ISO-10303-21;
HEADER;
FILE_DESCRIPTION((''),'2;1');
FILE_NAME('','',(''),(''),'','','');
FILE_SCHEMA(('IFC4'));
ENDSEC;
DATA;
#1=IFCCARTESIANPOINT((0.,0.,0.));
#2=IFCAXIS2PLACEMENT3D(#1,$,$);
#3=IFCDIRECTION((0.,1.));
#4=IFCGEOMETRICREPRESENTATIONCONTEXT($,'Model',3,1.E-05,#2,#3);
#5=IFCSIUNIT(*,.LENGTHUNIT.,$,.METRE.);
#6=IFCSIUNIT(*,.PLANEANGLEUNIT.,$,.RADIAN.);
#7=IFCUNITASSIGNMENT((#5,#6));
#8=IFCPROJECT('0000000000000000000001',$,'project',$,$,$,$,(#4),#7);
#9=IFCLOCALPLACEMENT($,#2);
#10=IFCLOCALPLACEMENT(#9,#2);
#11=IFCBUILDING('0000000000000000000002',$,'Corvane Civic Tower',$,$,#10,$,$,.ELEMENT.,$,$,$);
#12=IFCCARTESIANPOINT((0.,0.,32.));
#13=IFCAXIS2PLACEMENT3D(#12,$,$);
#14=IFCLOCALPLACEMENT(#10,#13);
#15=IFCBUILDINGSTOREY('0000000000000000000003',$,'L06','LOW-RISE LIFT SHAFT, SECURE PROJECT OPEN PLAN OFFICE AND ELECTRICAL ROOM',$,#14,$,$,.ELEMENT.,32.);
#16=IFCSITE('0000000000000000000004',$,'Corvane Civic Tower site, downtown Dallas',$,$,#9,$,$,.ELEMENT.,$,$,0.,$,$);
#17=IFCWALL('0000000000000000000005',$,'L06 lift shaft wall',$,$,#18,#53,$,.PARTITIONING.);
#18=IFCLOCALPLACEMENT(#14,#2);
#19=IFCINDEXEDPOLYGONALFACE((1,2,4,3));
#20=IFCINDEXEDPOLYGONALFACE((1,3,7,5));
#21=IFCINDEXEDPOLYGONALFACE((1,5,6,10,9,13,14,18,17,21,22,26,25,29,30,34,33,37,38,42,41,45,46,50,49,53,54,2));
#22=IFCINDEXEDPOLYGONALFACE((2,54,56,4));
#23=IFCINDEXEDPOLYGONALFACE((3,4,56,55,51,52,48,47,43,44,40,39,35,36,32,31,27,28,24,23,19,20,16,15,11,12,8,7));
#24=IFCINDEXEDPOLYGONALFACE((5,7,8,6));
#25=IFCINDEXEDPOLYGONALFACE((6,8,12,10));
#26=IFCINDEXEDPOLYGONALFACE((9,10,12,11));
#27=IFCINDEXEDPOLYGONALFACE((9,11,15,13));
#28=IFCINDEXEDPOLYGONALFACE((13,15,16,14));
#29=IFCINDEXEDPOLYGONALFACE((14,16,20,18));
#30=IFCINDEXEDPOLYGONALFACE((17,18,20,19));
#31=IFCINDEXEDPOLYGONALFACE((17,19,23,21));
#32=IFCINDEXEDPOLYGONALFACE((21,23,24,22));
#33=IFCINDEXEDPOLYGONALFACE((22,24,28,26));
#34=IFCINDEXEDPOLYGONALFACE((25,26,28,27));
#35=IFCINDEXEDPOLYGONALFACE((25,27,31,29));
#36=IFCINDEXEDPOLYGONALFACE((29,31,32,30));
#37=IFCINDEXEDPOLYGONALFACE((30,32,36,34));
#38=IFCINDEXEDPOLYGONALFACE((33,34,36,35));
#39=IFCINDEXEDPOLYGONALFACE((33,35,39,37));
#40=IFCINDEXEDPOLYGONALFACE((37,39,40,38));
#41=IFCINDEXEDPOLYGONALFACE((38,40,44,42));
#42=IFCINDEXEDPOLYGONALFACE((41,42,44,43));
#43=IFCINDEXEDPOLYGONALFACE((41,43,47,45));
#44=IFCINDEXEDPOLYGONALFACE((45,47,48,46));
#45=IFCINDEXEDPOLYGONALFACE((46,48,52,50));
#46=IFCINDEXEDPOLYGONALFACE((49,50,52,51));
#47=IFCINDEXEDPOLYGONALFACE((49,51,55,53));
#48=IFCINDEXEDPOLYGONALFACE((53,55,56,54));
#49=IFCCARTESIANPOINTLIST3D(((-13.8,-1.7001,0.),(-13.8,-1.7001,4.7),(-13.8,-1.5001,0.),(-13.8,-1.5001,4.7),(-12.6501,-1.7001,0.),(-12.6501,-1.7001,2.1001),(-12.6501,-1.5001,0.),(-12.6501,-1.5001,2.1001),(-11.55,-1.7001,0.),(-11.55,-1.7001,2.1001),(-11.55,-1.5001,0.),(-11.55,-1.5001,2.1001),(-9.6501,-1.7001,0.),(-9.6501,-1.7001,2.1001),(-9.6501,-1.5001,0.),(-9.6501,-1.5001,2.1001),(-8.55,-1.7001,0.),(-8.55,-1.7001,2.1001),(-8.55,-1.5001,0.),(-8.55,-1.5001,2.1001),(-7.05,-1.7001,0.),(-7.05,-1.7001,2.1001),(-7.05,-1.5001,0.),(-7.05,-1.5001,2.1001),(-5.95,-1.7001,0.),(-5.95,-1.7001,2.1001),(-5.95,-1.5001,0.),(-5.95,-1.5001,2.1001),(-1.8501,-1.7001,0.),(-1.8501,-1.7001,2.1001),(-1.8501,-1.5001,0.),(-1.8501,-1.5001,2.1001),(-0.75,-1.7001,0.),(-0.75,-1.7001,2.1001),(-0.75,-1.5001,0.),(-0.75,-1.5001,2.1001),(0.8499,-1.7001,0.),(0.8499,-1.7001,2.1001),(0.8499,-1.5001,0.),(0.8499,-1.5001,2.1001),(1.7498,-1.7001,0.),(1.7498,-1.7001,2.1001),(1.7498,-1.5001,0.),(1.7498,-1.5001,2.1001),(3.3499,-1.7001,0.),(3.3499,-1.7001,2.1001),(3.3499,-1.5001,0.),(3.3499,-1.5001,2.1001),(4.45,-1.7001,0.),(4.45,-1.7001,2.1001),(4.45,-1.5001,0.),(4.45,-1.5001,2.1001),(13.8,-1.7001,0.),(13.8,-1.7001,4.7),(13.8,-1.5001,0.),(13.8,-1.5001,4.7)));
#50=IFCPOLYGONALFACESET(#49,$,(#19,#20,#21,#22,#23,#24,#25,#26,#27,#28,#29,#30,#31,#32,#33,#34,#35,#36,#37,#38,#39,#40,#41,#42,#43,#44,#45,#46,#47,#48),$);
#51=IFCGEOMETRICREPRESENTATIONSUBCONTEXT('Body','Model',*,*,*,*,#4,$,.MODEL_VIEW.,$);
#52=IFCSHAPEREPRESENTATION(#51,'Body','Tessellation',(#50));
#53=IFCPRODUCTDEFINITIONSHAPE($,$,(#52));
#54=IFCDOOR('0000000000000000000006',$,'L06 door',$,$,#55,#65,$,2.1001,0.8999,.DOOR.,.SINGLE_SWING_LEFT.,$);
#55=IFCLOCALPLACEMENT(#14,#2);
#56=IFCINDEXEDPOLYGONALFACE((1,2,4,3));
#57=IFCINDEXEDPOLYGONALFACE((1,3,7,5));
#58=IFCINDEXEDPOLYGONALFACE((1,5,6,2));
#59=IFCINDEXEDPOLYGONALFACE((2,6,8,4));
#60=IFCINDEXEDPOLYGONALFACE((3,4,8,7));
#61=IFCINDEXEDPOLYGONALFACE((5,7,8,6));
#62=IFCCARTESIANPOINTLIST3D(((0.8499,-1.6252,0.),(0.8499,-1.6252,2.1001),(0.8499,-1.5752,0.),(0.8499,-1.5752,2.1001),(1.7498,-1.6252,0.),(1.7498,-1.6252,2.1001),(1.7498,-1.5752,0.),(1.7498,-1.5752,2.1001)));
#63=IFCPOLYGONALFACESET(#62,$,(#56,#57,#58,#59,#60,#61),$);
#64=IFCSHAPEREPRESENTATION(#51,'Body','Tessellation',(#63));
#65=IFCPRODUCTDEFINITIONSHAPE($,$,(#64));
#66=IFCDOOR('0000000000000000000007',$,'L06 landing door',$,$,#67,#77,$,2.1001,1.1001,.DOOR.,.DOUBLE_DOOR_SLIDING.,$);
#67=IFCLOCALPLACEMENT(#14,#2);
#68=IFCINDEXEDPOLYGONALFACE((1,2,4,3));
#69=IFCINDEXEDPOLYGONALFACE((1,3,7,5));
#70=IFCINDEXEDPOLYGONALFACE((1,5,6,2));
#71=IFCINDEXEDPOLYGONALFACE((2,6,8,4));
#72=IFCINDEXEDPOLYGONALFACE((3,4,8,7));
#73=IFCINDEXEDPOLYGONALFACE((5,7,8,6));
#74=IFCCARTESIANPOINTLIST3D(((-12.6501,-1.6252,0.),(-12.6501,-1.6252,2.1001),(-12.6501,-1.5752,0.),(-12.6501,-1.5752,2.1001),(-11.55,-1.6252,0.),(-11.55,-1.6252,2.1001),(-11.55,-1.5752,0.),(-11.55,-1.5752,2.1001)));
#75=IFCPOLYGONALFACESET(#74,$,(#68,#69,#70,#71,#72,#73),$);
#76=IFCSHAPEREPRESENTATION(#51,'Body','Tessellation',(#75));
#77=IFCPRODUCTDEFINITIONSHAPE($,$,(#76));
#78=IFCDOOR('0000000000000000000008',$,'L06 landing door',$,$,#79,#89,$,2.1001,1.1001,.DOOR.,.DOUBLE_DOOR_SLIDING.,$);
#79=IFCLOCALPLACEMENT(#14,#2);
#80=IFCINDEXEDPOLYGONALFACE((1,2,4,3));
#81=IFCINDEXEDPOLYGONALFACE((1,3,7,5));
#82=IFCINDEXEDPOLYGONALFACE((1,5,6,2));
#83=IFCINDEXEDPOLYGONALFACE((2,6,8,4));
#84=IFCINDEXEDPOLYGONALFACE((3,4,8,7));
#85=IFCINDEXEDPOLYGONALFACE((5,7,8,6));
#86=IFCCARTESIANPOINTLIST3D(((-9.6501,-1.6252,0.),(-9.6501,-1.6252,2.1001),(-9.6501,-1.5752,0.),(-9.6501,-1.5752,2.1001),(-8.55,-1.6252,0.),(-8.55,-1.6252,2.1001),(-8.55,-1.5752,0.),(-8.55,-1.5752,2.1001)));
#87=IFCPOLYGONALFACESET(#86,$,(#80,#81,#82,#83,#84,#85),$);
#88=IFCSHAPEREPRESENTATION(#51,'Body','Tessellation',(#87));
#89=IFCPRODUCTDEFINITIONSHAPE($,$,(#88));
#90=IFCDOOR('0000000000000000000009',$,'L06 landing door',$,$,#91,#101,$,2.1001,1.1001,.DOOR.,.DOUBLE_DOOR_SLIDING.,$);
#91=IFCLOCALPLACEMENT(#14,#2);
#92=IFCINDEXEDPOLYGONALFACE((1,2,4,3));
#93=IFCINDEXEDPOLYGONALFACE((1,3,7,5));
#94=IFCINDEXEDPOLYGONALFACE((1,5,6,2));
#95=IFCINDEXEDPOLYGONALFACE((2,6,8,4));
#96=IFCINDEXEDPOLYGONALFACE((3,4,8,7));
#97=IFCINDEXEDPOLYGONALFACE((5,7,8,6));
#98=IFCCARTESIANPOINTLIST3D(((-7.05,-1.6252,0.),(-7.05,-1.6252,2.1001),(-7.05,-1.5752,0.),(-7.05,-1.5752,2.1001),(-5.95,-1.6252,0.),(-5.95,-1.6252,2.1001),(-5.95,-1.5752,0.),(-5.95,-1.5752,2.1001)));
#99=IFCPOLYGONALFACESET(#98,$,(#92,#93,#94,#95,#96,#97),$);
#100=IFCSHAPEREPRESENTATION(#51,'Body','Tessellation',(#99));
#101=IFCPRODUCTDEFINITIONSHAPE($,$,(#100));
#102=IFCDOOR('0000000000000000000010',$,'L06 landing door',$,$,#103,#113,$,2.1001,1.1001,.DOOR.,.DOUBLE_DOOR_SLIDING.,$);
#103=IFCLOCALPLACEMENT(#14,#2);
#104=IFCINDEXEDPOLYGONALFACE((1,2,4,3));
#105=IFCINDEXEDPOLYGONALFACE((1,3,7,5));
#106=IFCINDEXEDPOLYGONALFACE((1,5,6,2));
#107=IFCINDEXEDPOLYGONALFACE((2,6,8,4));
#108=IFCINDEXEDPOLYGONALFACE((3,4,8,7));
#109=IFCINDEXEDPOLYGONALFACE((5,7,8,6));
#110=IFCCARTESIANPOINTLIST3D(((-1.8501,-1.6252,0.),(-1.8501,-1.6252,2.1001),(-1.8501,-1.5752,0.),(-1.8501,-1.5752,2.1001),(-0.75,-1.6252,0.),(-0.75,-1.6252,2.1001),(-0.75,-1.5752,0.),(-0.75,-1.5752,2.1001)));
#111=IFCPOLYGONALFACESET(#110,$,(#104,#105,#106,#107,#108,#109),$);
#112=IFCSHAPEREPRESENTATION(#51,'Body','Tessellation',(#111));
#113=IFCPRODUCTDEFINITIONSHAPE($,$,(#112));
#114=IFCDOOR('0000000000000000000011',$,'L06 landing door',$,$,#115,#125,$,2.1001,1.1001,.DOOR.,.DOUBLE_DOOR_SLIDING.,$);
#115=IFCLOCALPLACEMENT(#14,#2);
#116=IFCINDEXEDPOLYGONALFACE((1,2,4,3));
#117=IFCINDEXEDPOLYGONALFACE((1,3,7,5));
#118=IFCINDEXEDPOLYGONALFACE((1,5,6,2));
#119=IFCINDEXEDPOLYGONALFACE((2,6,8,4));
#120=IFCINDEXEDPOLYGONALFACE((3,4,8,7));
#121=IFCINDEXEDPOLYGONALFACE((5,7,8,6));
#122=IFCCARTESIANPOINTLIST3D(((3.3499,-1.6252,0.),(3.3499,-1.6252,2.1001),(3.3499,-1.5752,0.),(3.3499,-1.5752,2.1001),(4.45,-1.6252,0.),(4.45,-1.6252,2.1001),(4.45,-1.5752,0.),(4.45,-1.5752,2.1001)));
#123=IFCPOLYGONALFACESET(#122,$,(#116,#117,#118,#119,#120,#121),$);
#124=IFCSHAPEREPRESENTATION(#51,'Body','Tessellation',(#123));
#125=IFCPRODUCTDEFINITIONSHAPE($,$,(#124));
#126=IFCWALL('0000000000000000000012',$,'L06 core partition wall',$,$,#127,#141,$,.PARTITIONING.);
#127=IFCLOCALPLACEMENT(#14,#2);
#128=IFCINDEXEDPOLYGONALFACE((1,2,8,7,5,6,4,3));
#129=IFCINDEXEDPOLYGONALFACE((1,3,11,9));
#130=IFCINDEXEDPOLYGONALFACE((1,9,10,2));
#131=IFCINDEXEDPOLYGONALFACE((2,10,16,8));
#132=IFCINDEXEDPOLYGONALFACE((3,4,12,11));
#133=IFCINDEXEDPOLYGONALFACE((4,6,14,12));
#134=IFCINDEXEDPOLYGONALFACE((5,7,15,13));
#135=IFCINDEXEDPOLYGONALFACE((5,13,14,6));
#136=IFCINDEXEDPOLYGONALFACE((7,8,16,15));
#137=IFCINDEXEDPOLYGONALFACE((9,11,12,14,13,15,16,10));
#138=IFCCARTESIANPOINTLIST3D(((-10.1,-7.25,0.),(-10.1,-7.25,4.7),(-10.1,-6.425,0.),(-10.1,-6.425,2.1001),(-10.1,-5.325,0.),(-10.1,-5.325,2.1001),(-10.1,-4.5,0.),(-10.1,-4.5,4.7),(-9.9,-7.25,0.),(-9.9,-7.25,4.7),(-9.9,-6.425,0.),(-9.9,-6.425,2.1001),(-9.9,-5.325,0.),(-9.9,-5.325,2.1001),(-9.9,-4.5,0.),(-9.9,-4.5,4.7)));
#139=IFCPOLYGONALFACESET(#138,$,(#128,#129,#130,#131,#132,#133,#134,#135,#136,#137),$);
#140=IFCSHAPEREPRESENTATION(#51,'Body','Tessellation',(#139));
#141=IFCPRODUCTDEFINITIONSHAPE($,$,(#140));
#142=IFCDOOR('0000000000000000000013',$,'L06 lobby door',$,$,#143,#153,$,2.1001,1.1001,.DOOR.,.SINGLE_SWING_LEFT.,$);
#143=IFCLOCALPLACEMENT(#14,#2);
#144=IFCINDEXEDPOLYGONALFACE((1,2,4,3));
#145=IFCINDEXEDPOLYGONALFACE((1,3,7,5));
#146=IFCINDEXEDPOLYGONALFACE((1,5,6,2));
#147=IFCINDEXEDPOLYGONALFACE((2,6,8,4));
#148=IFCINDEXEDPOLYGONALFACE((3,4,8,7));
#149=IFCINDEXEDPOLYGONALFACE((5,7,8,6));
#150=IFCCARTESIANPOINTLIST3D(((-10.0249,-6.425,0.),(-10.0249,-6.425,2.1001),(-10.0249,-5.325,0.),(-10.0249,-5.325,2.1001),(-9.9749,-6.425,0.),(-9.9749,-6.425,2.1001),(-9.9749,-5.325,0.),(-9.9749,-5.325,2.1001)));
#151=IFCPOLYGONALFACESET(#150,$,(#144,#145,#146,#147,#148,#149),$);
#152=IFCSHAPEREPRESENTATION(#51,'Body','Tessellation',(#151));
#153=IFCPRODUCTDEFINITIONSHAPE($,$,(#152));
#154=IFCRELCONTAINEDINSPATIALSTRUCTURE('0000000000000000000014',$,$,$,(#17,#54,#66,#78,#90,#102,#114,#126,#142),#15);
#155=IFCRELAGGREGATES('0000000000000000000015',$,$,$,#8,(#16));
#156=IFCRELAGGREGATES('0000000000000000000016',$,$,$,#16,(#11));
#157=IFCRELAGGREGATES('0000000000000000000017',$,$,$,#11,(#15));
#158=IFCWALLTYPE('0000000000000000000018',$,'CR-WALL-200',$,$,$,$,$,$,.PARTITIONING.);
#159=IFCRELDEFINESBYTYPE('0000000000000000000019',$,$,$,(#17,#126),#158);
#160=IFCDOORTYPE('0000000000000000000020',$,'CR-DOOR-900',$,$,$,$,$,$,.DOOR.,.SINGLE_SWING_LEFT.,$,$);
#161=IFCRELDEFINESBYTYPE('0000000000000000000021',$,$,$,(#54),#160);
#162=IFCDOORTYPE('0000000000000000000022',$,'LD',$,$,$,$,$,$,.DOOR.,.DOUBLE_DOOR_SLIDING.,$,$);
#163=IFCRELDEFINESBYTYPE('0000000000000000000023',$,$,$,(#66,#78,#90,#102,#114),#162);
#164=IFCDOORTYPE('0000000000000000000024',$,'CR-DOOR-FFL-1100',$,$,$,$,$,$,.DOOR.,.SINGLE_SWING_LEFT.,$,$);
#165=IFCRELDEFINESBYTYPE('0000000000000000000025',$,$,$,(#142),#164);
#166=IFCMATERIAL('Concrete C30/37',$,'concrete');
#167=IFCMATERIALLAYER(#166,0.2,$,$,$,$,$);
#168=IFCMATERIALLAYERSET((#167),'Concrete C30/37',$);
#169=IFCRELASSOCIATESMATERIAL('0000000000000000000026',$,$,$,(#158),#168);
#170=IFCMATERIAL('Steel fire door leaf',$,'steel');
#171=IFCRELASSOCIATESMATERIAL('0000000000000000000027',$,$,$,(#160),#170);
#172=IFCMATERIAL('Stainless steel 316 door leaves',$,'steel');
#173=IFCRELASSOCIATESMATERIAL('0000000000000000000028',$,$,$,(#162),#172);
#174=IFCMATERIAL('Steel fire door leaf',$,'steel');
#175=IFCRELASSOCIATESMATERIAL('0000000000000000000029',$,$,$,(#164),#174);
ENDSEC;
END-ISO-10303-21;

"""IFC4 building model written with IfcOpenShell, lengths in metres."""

from ifc_helpers import new_model, si_unit, direction, frame, frame_2d, origin, place, context, subcontext, project, spatial, rectangle, extrude, material, layer, layer_set, type_object, element, fill, save


model = new_model("IFC4")

# Units and contexts
model_context = context("Model", 3, precision=1e-05, world=origin(), true_north=direction((0.0, 1.0)))
body_context = subcontext(model_context, "Body", "Model", "MODEL_VIEW")
ifc_project = project(units=[si_unit("LENGTHUNIT", "METRE"), si_unit("PLANEANGLEUNIT", "RADIAN")], contexts=[model_context])

# Site, building, storey
site_placement = place(None, origin())
site = spatial("IfcSite", under=ifc_project, at=site_placement, Name="Corvane Civic Tower site, downtown Dallas", CompositionType="ELEMENT", RefElevation=0.0)
building_placement = place(site_placement, origin())
building = spatial("IfcBuilding", under=site, at=building_placement, Name="Corvane Civic Tower", CompositionType="ELEMENT")
storey_placement = place(building_placement, frame((0.0, 0.0, 32.0)))
storey = spatial("IfcBuildingStorey", under=building, at=storey_placement, Name="L06", Description="LOW-RISE LIFT SHAFT, SECURE PROJECT OPEN PLAN OFFICE AND ELECTRICAL ROOM", CompositionType="ELEMENT", Elevation=32.0)

# Shared definitions
ifc_material_1 = material(Name="Concrete C30/37", Category="concrete")
ifc_layer_1 = layer(ifc_material_1, 0.2)
ifc_layer_set_1 = layer_set([ifc_layer_1], Name="Concrete C30/37")
wall_type_1 = type_object("IfcWallType", Name="CR-WALL-200", PredefinedType="PARTITIONING", material=ifc_layer_set_1)
ifc_material_2 = material(Name="Steel fire door leaf", Category="steel")
door_type_1 = type_object("IfcDoorType", Name="CR-DOOR-900", OperationType="SINGLE_SWING_LEFT", PredefinedType="DOOR", material=ifc_material_2)

# Wall, openings, doors
wall_1_placement = place(storey_placement, frame((-13.8, -1.6001, 0.0), z_axis=(0.0, 0.0, 1.0), x_axis=(1.0, 0.0, 0.0)))
wall_1 = element("IfcWall", 1, at=wall_1_placement, inside=storey, type_object=wall_type_1, Name="L06 lift shaft wall", PredefinedType="PARTITIONING", context=body_context, shape_type="SweptSolid", body=[
    extrude(rectangle(XDim=27.6001, YDim=0.2, at=frame_2d((13.8, 0.0))), origin(), (0.0, 0.0, 1.0), 4.7),
])
opening_1_placement = place(wall_1_placement, frame((1.1499, 0.0, 0.0)))
opening_1 = element("IfcOpeningElement", 2, at=opening_1_placement, cuts=wall_1, PredefinedType="OPENING", context=body_context, shape_type="SweptSolid", body=[
    extrude(rectangle(XDim=1.1001, YDim=2.1001, at=frame_2d((0.55, 1.05))), frame((0.0, 0.1099, 0.0), z_axis=(0.0, -1.0, 0.0), x_axis=(1.0, 0.0, 0.0)), (0.0, 0.0, 1.0), 0.22),
])
opening_2_placement = place(wall_1_placement, frame((4.1499, 0.0, 0.0)))
opening_2 = element("IfcOpeningElement", 3, at=opening_2_placement, cuts=wall_1, PredefinedType="OPENING", context=body_context, shape_type="SweptSolid", body=[
    extrude(rectangle(XDim=1.1001, YDim=2.1001, at=frame_2d((0.55, 1.05))), frame((0.0, 0.1099, 0.0), z_axis=(0.0, -1.0, 0.0), x_axis=(1.0, 0.0, 0.0)), (0.0, 0.0, 1.0), 0.22),
])
opening_3_placement = place(wall_1_placement, frame((6.75, 0.0, 0.0)))
opening_3 = element("IfcOpeningElement", 4, at=opening_3_placement, cuts=wall_1, PredefinedType="OPENING", context=body_context, shape_type="SweptSolid", body=[
    extrude(rectangle(XDim=1.1001, YDim=2.1001, at=frame_2d((0.55, 1.05))), frame((0.0, 0.1099, 0.0), z_axis=(0.0, -1.0, 0.0), x_axis=(1.0, 0.0, 0.0)), (0.0, 0.0, 1.0), 0.22),
])
opening_4_placement = place(wall_1_placement, frame((11.95, 0.0, 0.0)))
opening_4 = element("IfcOpeningElement", 5, at=opening_4_placement, cuts=wall_1, PredefinedType="OPENING", context=body_context, shape_type="SweptSolid", body=[
    extrude(rectangle(XDim=1.1001, YDim=2.1001, at=frame_2d((0.55, 1.05))), frame((0.0, 0.1099, 0.0), z_axis=(0.0, -1.0, 0.0), x_axis=(1.0, 0.0, 0.0)), (0.0, 0.0, 1.0), 0.22),
])
opening_5_placement = place(wall_1_placement, frame((14.6499, 0.0, 0.0)))
opening_5 = element("IfcOpeningElement", 6, at=opening_5_placement, cuts=wall_1, PredefinedType="OPENING", context=body_context, shape_type="SweptSolid", body=[
    extrude(rectangle(XDim=0.8999, YDim=2.1001, at=frame_2d((0.45, 1.05))), frame((0.0, 0.1099, 0.0), z_axis=(0.0, -1.0, 0.0), x_axis=(1.0, 0.0, 0.0)), (0.0, 0.0, 1.0), 0.22),
])
opening_6_placement = place(wall_1_placement, frame((17.1499, 0.0, 0.0)))
opening_6 = element("IfcOpeningElement", 7, at=opening_6_placement, cuts=wall_1, PredefinedType="OPENING", context=body_context, shape_type="SweptSolid", body=[
    extrude(rectangle(XDim=1.1001, YDim=2.1001, at=frame_2d((0.55, 1.05))), frame((0.0, 0.1099, 0.0), z_axis=(0.0, -1.0, 0.0), x_axis=(1.0, 0.0, 0.0)), (0.0, 0.0, 1.0), 0.22),
])
door_1_placement = place(opening_5_placement, origin())
door_1 = element("IfcDoor", 8, at=door_1_placement, inside=storey, type_object=door_type_1, Name="L06 door", OperationType="SINGLE_SWING_LEFT", OverallHeight=2.1001, OverallWidth=0.8999, PredefinedType="DOOR", context=body_context, shape_type="SweptSolid", body=[
    extrude(rectangle(XDim=0.8999, YDim=2.1001, at=frame_2d((0.45, 1.05))), frame((0.0, 0.0249, 0.0), z_axis=(0.0, -1.0, 0.0), x_axis=(1.0, 0.0, 0.0)), (0.0, 0.0, 1.0), 0.05),
])
fill(opening_5, door_1)
ifc_material_3 = material(Name="Stainless steel 316 door leaves", Category="steel")
door_type_2 = type_object("IfcDoorType", Name="LD", OperationType="DOUBLE_DOOR_SLIDING", PredefinedType="DOOR", material=ifc_material_3)
door_2_placement = place(opening_1_placement, origin())
door_2 = element("IfcDoor", 9, at=door_2_placement, inside=storey, type_object=door_type_2, Name="L06 landing door", OperationType="DOUBLE_DOOR_SLIDING", OverallHeight=2.1001, OverallWidth=1.1001, PredefinedType="DOOR", context=body_context, shape_type="SweptSolid", body=[
    extrude(rectangle(XDim=1.1001, YDim=2.1001, at=frame_2d((0.55, 1.05))), frame((0.0, 0.0249, 0.0), z_axis=(0.0, -1.0, 0.0), x_axis=(1.0, 0.0, 0.0)), (0.0, 0.0, 1.0), 0.05),
])
fill(opening_1, door_2)
door_3_placement = place(opening_2_placement, origin())
door_3 = element("IfcDoor", 10, at=door_3_placement, inside=storey, type_object=door_type_2, Name="L06 landing door", OperationType="DOUBLE_DOOR_SLIDING", OverallHeight=2.1001, OverallWidth=1.1001, PredefinedType="DOOR", context=body_context, shape_type="SweptSolid", body=[
    extrude(rectangle(XDim=1.1001, YDim=2.1001, at=frame_2d((0.55, 1.05))), frame((0.0, 0.0249, 0.0), z_axis=(0.0, -1.0, 0.0), x_axis=(1.0, 0.0, 0.0)), (0.0, 0.0, 1.0), 0.05),
])
fill(opening_2, door_3)
door_4_placement = place(opening_3_placement, origin())
door_4 = element("IfcDoor", 11, at=door_4_placement, inside=storey, type_object=door_type_2, Name="L06 landing door", OperationType="DOUBLE_DOOR_SLIDING", OverallHeight=2.1001, OverallWidth=1.1001, PredefinedType="DOOR", context=body_context, shape_type="SweptSolid", body=[
    extrude(rectangle(XDim=1.1001, YDim=2.1001, at=frame_2d((0.55, 1.05))), frame((0.0, 0.0249, 0.0), z_axis=(0.0, -1.0, 0.0), x_axis=(1.0, 0.0, 0.0)), (0.0, 0.0, 1.0), 0.05),
])
fill(opening_3, door_4)
door_5_placement = place(opening_4_placement, origin())
door_5 = element("IfcDoor", 12, at=door_5_placement, inside=storey, type_object=door_type_2, Name="L06 landing door", OperationType="DOUBLE_DOOR_SLIDING", OverallHeight=2.1001, OverallWidth=1.1001, PredefinedType="DOOR", context=body_context, shape_type="SweptSolid", body=[
    extrude(rectangle(XDim=1.1001, YDim=2.1001, at=frame_2d((0.55, 1.05))), frame((0.0, 0.0249, 0.0), z_axis=(0.0, -1.0, 0.0), x_axis=(1.0, 0.0, 0.0)), (0.0, 0.0, 1.0), 0.05),
])
fill(opening_4, door_5)
door_6_placement = place(opening_6_placement, origin())
door_6 = element("IfcDoor", 13, at=door_6_placement, inside=storey, type_object=door_type_2, Name="L06 landing door", OperationType="DOUBLE_DOOR_SLIDING", OverallHeight=2.1001, OverallWidth=1.1001, PredefinedType="DOOR", context=body_context, shape_type="SweptSolid", body=[
    extrude(rectangle(XDim=1.1001, YDim=2.1001, at=frame_2d((0.55, 1.05))), frame((0.0, 0.0249, 0.0), z_axis=(0.0, -1.0, 0.0), x_axis=(1.0, 0.0, 0.0)), (0.0, 0.0, 1.0), 0.05),
])
fill(opening_6, door_6)

# Wall, opening, door
wall_2_placement = place(storey_placement, frame((-10.0, -7.25, 0.0), z_axis=(0.0, 0.0, 1.0), x_axis=(0.0, 1.0, 0.0)))
wall_2 = element("IfcWall", 14, at=wall_2_placement, inside=storey, type_object=wall_type_1, Name="L06 core partition wall", PredefinedType="PARTITIONING", context=body_context, shape_type="SweptSolid", body=[
    extrude(rectangle(XDim=2.75, YDim=0.2, at=frame_2d((1.375, 0.0))), origin(), (0.0, 0.0, 1.0), 4.7),
])
opening_7_placement = place(wall_2_placement, frame((0.825, 0.0, 0.0)))
opening_7 = element("IfcOpeningElement", 15, at=opening_7_placement, cuts=wall_2, PredefinedType="OPENING", context=body_context, shape_type="SweptSolid", body=[
    extrude(rectangle(XDim=1.1001, YDim=2.1001, at=frame_2d((0.55, 1.05))), frame((0.0, 0.1099, 0.0), z_axis=(0.0, -1.0, 0.0), x_axis=(1.0, 0.0, 0.0)), (0.0, 0.0, 1.0), 0.22),
])
ifc_material_4 = material(Name="Steel fire door leaf", Category="steel")
door_type_3 = type_object("IfcDoorType", Name="CR-DOOR-FFL-1100", OperationType="SINGLE_SWING_LEFT", PredefinedType="DOOR", material=ifc_material_4)
door_7_placement = place(opening_7_placement, origin())
door_7 = element("IfcDoor", 16, at=door_7_placement, inside=storey, type_object=door_type_3, Name="L06 lobby door", OperationType="SINGLE_SWING_LEFT", OverallHeight=2.1001, OverallWidth=1.1001, PredefinedType="DOOR", context=body_context, shape_type="SweptSolid", body=[
    extrude(rectangle(XDim=1.1001, YDim=2.1001, at=frame_2d((0.55, 1.05))), frame((0.0, 0.0249, 0.0), z_axis=(0.0, -1.0, 0.0), x_axis=(1.0, 0.0, 0.0)), (0.0, 0.0, 1.0), 0.05),
])
fill(opening_7, door_7)

save(model, "model.ifc")
